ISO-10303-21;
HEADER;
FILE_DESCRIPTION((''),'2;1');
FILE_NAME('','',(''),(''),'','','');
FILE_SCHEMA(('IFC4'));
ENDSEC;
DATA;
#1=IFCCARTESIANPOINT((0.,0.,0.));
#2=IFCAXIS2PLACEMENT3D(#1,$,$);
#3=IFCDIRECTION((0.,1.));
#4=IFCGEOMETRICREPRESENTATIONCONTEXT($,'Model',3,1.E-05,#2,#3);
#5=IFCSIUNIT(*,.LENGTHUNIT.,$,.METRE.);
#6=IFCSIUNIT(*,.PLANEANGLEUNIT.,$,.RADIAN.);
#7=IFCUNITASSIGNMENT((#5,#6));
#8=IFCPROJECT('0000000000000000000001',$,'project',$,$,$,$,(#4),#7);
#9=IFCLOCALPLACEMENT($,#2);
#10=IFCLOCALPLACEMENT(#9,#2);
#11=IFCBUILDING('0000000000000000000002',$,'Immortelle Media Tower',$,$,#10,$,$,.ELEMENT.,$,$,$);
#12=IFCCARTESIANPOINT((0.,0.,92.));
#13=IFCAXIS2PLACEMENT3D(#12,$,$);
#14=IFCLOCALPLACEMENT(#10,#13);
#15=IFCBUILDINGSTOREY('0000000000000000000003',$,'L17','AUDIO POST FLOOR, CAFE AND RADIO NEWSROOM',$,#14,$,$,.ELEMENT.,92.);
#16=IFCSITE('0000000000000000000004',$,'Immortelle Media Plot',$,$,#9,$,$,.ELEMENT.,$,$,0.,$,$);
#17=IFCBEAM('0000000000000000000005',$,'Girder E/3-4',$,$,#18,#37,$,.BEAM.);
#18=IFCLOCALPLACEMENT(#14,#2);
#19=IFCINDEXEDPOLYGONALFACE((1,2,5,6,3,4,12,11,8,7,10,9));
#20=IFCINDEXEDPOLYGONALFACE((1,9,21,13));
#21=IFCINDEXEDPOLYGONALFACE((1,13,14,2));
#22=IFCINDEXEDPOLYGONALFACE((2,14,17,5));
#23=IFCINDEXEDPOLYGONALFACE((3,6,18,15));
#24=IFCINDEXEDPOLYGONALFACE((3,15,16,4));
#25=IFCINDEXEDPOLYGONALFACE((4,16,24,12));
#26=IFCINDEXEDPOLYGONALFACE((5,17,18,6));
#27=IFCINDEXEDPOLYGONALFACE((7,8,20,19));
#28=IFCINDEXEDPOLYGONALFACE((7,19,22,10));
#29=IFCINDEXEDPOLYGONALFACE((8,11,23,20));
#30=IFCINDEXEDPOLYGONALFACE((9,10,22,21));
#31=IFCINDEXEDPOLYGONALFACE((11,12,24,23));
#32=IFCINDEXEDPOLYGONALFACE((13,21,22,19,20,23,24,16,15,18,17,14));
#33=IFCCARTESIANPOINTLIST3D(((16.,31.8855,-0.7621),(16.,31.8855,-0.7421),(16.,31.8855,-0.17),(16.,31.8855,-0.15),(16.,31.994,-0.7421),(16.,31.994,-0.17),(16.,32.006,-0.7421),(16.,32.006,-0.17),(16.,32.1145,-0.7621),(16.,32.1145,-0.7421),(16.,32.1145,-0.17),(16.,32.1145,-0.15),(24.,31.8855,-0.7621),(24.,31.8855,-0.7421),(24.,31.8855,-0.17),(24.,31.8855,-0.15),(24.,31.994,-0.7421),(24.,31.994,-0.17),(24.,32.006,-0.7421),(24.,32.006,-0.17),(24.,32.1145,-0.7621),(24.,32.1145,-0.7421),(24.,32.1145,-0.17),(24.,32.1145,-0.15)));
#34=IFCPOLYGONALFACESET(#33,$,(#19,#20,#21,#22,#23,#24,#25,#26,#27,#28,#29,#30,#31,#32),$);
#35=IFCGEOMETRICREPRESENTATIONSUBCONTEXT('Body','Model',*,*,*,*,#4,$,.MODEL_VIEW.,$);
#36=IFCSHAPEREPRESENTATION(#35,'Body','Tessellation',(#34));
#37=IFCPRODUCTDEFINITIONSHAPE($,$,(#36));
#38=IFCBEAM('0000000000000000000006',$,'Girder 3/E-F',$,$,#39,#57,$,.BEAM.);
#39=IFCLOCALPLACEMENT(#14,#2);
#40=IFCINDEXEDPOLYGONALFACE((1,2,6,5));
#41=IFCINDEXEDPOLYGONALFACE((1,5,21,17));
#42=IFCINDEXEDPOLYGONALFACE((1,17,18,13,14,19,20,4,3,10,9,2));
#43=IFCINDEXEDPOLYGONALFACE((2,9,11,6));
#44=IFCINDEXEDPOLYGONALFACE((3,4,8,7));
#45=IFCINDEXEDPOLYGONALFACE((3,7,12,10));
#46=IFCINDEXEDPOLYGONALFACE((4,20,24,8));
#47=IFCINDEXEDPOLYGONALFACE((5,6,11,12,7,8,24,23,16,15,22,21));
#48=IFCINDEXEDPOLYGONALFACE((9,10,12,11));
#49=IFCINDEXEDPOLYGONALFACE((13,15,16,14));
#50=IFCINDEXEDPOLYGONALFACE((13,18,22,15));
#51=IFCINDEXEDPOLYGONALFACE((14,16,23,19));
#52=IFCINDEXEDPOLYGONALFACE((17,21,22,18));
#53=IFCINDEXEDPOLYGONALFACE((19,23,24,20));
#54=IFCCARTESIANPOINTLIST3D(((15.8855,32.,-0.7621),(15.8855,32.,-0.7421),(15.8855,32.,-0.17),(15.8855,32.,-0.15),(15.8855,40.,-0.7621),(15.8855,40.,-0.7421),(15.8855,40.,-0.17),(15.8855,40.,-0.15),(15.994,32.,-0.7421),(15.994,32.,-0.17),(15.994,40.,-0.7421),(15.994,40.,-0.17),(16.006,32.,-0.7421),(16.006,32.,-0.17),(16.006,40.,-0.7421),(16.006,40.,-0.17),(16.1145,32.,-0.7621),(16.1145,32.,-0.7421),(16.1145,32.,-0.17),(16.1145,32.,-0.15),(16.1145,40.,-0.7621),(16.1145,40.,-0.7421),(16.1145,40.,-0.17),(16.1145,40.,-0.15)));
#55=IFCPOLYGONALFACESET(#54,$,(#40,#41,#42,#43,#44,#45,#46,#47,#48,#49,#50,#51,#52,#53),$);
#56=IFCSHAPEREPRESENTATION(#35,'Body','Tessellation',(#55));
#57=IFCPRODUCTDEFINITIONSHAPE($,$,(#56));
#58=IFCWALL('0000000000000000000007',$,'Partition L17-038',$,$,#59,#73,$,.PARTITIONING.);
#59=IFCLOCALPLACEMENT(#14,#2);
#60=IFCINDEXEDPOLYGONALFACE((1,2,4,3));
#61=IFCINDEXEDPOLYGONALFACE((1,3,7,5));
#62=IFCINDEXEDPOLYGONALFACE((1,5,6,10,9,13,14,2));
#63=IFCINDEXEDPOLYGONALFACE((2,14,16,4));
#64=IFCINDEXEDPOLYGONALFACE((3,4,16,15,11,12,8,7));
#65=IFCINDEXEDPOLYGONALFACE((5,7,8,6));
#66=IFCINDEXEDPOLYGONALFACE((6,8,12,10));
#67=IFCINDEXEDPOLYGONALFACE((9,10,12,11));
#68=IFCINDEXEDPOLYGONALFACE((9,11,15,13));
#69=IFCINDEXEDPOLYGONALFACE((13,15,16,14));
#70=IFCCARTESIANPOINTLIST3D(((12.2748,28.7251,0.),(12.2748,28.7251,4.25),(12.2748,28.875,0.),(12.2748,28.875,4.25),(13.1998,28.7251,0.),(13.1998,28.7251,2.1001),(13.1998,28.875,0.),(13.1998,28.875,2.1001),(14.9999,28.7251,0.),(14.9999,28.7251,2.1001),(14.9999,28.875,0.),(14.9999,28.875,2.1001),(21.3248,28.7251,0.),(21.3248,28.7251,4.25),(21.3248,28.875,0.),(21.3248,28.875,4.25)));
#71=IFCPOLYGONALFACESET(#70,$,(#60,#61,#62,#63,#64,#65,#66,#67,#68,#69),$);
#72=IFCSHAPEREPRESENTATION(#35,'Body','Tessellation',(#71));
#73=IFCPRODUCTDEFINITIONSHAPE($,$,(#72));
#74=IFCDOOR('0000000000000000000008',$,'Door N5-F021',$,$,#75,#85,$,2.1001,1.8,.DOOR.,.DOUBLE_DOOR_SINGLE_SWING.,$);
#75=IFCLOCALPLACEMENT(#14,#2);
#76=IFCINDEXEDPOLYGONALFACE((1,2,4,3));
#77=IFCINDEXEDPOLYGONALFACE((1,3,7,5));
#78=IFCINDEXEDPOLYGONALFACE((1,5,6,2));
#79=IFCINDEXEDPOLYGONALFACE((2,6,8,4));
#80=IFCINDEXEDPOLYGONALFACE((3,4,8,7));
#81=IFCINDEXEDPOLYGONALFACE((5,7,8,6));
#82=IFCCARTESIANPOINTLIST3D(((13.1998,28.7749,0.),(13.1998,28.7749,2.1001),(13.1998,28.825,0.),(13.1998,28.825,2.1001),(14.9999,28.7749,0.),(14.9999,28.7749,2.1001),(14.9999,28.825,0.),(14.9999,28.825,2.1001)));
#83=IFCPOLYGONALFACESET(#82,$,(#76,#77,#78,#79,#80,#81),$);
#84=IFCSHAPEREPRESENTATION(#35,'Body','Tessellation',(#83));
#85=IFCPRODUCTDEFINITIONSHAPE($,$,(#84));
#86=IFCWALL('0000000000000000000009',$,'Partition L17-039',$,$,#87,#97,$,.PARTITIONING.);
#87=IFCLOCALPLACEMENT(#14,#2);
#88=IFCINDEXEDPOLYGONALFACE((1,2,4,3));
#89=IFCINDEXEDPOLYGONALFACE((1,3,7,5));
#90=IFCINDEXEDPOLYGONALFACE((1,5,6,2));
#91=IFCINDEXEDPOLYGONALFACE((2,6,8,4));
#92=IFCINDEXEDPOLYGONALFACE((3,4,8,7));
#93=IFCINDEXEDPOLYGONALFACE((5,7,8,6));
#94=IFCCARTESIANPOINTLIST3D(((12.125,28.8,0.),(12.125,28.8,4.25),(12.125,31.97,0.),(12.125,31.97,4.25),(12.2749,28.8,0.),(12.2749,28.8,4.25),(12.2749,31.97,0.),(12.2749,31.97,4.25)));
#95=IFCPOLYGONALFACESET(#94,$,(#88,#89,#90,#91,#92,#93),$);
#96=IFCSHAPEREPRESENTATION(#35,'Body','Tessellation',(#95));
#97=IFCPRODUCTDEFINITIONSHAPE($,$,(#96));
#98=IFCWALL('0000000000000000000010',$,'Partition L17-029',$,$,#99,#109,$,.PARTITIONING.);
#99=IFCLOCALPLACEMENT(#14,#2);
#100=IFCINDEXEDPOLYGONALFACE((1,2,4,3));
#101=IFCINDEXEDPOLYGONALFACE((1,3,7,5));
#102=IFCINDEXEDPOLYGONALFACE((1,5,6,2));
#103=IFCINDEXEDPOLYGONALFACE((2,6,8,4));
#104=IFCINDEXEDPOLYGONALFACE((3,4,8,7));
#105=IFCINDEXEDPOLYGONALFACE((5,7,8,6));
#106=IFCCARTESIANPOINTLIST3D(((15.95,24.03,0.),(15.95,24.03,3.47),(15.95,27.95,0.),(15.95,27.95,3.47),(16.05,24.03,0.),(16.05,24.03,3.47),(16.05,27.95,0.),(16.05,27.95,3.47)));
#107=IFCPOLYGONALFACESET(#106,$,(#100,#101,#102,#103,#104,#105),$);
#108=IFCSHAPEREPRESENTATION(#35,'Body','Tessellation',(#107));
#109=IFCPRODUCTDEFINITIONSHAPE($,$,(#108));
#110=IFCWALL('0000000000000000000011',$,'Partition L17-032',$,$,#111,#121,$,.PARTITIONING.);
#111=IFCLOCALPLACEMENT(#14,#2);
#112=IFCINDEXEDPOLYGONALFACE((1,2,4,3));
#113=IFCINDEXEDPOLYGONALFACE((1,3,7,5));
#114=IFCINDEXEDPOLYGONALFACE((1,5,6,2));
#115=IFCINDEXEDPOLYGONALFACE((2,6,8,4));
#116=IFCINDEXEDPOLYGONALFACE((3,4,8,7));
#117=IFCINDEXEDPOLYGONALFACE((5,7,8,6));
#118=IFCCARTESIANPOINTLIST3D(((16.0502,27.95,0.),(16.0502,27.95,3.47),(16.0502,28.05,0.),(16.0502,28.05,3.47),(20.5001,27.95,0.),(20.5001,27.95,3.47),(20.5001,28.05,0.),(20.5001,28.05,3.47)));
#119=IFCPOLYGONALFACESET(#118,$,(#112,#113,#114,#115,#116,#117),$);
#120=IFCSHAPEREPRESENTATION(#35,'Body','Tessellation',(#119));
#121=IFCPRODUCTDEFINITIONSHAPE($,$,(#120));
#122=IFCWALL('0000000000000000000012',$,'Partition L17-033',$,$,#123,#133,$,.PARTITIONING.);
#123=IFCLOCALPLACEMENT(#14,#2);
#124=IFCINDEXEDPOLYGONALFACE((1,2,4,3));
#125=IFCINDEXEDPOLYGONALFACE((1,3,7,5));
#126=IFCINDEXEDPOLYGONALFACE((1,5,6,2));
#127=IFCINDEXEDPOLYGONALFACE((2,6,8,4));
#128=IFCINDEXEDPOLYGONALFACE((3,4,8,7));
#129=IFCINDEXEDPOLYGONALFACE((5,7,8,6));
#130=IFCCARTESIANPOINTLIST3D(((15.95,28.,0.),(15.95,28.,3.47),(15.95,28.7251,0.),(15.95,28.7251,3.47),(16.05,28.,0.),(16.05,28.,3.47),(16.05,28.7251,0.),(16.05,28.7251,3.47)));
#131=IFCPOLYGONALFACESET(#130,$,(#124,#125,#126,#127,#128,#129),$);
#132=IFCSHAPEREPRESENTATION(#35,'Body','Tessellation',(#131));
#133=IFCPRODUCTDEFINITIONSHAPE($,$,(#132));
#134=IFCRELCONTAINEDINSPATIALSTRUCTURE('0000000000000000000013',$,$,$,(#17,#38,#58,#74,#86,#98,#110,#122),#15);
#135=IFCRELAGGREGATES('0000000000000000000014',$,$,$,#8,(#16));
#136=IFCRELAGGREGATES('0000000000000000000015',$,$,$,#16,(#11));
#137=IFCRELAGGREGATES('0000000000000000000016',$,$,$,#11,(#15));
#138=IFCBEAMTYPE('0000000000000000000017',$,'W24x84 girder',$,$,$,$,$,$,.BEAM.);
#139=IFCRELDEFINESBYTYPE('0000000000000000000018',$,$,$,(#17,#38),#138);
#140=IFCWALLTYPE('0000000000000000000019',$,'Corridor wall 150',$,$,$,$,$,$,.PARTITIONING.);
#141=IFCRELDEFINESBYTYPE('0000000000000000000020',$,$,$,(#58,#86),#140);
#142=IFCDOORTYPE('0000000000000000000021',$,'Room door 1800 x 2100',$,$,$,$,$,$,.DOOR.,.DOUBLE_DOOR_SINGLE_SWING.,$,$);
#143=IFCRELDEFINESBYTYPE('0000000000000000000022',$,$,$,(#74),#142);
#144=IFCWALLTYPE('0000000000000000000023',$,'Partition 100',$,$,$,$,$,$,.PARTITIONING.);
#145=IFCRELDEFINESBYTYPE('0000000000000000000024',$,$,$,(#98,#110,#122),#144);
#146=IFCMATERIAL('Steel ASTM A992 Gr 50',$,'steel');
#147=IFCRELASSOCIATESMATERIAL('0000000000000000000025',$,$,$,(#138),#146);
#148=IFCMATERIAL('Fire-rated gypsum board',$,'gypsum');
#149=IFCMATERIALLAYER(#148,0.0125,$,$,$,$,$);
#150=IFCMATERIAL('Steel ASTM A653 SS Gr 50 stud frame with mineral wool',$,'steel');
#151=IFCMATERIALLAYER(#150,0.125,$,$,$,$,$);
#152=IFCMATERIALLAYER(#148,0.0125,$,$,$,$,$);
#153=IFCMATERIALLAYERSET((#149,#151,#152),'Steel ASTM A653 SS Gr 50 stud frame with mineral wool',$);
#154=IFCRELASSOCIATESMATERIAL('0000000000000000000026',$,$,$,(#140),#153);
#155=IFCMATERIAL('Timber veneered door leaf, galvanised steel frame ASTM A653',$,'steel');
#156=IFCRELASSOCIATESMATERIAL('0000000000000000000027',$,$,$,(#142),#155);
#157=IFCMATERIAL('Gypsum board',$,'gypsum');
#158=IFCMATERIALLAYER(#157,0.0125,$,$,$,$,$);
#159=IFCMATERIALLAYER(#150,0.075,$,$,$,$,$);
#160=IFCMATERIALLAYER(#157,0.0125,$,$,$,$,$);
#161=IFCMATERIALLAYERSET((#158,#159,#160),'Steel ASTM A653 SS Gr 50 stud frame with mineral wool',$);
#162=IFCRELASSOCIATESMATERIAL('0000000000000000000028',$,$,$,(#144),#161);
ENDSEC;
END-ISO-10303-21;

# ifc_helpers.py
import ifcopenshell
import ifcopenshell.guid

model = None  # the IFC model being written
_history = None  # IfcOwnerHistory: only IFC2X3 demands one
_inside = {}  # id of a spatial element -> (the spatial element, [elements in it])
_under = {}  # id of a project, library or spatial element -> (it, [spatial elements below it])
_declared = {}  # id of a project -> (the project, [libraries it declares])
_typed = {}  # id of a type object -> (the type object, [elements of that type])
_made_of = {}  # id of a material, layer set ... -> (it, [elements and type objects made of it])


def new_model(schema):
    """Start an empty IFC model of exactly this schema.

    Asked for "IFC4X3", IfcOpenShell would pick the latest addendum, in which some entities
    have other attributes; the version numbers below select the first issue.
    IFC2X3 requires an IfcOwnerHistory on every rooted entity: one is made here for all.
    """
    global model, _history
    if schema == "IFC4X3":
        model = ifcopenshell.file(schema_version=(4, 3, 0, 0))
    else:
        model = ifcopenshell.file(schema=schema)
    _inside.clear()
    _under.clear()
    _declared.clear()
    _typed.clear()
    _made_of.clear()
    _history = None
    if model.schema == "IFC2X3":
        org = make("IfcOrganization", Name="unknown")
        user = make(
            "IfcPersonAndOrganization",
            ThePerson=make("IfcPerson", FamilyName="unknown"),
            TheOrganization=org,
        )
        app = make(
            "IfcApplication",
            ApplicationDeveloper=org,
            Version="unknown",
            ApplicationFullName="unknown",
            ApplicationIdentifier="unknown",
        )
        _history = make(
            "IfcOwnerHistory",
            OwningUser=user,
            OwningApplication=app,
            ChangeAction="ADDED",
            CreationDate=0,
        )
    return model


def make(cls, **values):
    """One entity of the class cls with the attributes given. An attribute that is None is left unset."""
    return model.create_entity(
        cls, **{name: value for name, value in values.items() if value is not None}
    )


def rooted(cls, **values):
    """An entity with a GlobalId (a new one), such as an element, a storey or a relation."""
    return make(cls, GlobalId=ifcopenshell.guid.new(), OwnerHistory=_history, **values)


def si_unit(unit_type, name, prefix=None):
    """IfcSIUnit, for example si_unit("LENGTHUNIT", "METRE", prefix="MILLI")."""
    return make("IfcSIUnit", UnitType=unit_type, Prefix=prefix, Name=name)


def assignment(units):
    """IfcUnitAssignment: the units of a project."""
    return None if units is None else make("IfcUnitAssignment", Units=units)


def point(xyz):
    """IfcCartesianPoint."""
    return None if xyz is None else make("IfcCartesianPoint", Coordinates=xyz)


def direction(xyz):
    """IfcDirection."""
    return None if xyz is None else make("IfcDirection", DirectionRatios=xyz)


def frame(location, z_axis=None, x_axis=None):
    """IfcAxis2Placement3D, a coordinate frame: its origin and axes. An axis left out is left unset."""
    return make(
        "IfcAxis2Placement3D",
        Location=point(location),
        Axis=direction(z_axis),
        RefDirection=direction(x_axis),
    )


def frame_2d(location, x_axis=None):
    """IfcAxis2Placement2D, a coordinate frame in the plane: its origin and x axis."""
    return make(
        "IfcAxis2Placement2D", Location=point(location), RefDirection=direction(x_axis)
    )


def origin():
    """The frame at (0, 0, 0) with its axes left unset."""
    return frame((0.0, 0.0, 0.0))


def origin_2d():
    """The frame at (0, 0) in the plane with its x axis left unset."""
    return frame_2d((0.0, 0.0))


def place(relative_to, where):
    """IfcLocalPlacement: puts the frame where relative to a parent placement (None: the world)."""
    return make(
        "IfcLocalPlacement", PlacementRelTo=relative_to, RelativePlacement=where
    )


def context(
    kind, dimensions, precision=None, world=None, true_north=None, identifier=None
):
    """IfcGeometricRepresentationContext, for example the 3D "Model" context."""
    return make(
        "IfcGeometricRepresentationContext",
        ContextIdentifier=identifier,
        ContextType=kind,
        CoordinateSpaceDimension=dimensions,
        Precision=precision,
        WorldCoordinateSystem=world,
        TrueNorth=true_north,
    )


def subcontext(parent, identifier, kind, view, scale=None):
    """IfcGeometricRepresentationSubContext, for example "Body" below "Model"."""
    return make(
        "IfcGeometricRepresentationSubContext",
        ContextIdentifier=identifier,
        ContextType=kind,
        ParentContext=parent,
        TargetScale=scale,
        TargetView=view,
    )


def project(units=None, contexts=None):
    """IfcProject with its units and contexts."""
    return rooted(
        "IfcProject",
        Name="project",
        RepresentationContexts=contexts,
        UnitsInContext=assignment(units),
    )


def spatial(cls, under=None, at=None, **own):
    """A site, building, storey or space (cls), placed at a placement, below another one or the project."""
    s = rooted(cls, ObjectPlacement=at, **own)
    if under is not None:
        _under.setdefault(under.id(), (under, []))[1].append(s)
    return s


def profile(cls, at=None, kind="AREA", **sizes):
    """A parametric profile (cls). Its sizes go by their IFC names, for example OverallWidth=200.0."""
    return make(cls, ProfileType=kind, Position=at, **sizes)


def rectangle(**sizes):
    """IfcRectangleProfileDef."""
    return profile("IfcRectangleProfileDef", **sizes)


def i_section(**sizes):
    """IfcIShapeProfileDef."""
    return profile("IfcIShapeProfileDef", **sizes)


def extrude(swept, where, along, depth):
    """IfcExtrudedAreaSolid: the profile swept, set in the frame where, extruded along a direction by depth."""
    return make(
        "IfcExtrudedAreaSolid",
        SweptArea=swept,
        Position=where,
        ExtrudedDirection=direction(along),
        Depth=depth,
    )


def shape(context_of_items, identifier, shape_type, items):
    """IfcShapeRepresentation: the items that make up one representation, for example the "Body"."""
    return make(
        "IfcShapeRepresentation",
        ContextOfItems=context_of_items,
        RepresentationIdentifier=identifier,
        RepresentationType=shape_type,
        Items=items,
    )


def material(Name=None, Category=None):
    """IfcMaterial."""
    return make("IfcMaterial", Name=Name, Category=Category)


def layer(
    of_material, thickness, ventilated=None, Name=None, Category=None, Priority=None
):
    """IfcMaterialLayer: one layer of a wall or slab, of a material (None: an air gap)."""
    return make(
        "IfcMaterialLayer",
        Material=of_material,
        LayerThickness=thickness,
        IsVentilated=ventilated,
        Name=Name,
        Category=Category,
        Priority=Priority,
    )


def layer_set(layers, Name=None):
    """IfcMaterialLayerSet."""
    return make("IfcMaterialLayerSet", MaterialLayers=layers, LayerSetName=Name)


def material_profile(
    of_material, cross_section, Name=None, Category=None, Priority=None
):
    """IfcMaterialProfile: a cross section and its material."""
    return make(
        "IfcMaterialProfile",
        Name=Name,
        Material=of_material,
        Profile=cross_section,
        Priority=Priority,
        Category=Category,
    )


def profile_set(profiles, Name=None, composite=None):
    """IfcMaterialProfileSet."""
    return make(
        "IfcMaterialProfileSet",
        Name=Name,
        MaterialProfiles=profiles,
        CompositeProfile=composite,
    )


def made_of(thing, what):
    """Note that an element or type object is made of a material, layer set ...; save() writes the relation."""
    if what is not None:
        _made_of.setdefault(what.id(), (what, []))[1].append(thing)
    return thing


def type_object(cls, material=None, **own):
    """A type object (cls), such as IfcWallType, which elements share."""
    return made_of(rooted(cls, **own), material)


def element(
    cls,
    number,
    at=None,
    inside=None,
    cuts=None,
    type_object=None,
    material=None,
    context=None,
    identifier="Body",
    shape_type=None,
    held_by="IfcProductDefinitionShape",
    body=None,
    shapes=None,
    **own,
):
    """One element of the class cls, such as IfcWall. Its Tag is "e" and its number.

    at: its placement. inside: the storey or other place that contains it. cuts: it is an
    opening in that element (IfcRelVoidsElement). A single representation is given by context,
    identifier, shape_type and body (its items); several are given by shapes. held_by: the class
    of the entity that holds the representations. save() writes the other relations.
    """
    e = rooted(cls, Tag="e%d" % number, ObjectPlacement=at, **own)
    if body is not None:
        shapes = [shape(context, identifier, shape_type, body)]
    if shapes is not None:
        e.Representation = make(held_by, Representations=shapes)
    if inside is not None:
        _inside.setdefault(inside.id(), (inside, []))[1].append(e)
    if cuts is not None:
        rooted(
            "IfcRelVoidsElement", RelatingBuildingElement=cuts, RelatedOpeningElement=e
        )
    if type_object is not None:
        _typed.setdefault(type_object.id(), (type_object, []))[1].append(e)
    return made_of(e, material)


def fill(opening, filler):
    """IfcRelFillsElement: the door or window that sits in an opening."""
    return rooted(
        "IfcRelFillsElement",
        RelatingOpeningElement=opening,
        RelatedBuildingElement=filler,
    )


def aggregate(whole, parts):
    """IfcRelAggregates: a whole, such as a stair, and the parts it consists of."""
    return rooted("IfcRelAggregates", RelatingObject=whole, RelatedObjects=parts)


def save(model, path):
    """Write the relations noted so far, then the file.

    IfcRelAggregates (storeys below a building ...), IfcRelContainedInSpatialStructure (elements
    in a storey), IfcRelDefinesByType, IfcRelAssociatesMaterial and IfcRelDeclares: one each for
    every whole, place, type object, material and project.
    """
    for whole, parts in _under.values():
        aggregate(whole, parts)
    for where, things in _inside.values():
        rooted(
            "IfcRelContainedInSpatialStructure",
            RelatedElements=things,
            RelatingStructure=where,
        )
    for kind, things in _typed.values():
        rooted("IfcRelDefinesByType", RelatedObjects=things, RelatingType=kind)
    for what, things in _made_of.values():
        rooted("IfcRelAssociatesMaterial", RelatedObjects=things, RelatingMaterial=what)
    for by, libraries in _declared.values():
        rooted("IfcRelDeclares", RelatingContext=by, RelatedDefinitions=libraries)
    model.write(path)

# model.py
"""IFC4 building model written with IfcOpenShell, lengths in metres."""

from ifc_helpers import new_model, si_unit, direction, frame, frame_2d, origin, origin_2d, place, context, subcontext, project, spatial, rectangle, i_section, extrude, material, layer, layer_set, material_profile, profile_set, type_object, element, fill, save


model = new_model("IFC4")

# Units and contexts
model_context = context("Model", 3, precision=1e-05, world=origin(), true_north=direction((0.0, 1.0)))
body_context = subcontext(model_context, "Body", "Model", "MODEL_VIEW")
ifc_project = project(units=[si_unit("LENGTHUNIT", "METRE"), si_unit("PLANEANGLEUNIT", "RADIAN")], contexts=[model_context])

# Site, building, storey
site_placement = place(None, origin())
site = spatial("IfcSite", under=ifc_project, at=site_placement, Name="Immortelle Media Plot", CompositionType="ELEMENT", RefElevation=0.0)
building_placement = place(site_placement, origin())
building = spatial("IfcBuilding", under=site, at=building_placement, Name="Immortelle Media Tower", CompositionType="ELEMENT")
storey_placement = place(building_placement, frame((0.0, 0.0, 92.0)))
storey = spatial("IfcBuildingStorey", under=building, at=storey_placement, Name="L17", Description="AUDIO POST FLOOR, CAFE AND RADIO NEWSROOM", CompositionType="ELEMENT", Elevation=92.0)

# Shared definitions
ifc_material_1 = material(Name="Steel ASTM A992 Gr 50", Category="steel")

# Beams
ifc_material_profile_1 = material_profile(ifc_material_1, i_section(OverallWidth=0.229, OverallDepth=0.6121, WebThickness=0.012, FlangeThickness=0.02, at=origin_2d()), Name="W24x84")
ifc_profile_set_1 = profile_set([ifc_material_profile_1], Name="Steel ASTM A992 Gr 50")
beam_type_1 = type_object("IfcBeamType", Name="W24x84 girder", PredefinedType="BEAM", material=ifc_profile_set_1)
for number, where, z_axis, x_axis, name in (
    (1, (16.0, 32.0, -0.4561), (1.0, 0.0, 0.0), (0.0, 1.0, 0.0), "Girder E/3-4"),
    (2, (16.0, 32.0, -0.4561), (0.0, 1.0, 0.0), (-1.0, 0.0, 0.0), "Girder 3/E-F"),
):
    element("IfcBeam", number, at=place(storey_placement, frame(where, z_axis=z_axis, x_axis=x_axis)), inside=storey, type_object=beam_type_1, Name=name, PredefinedType="BEAM", context=body_context, shape_type="SweptSolid", body=[
        extrude(i_section(OverallWidth=0.229, OverallDepth=0.6121, WebThickness=0.012, FlangeThickness=0.02, at=origin_2d()), origin(), (0.0, 0.0, 1.0), 8.0),
    ])

# Wall, opening, door
ifc_material_2 = material(Name="Fire-rated gypsum board", Category="gypsum")
ifc_layer_1 = layer(ifc_material_2, 0.0125)
ifc_material_3 = material(Name="Steel ASTM A653 SS Gr 50 stud frame with mineral wool", Category="steel")
ifc_layer_2 = layer(ifc_material_3, 0.125)
ifc_layer_3 = layer(ifc_material_2, 0.0125)
ifc_layer_set_1 = layer_set([ifc_layer_1, ifc_layer_2, ifc_layer_3], Name="Steel ASTM A653 SS Gr 50 stud frame with mineral wool")
wall_type_1 = type_object("IfcWallType", Name="Corridor wall 150", PredefinedType="PARTITIONING", material=ifc_layer_set_1)
wall_1_placement = place(storey_placement, frame((12.2749, 28.8, 0.0), z_axis=(0.0, 0.0, 1.0), x_axis=(1.0, 0.0, 0.0)))
wall_1 = element("IfcWall", 3, at=wall_1_placement, inside=storey, type_object=wall_type_1, Name="Partition L17-038", PredefinedType="PARTITIONING", context=body_context, shape_type="SweptSolid", body=[
    extrude(rectangle(XDim=9.05, YDim=0.1499, at=frame_2d((4.5249, 0.0))), origin(), (0.0, 0.0, 1.0), 4.25),
])
opening_placement = place(wall_1_placement, frame((0.925, 0.0, 0.0)))
opening = element("IfcOpeningElement", 4, at=opening_placement, cuts=wall_1, PredefinedType="OPENING", context=body_context, shape_type="SweptSolid", body=[
    extrude(rectangle(XDim=1.8, YDim=2.1001, at=frame_2d((0.8999, 1.05))), frame((0.0, 0.085, 0.0), z_axis=(0.0, -1.0, 0.0), x_axis=(1.0, 0.0, 0.0)), (0.0, 0.0, 1.0), 0.1699),
])
ifc_material_4 = material(Name="Timber veneered door leaf, galvanised steel frame ASTM A653", Category="steel")
door_type = type_object("IfcDoorType", Name="Room door 1800 x 2100", OperationType="DOUBLE_DOOR_SINGLE_SWING", PredefinedType="DOOR", material=ifc_material_4)
door_placement = place(opening_placement, origin())
door = element("IfcDoor", 5, at=door_placement, inside=storey, type_object=door_type, Name="Door N5-F021", OperationType="DOUBLE_DOOR_SINGLE_SWING", OverallHeight=2.1001, OverallWidth=1.8, PredefinedType="DOOR", context=body_context, shape_type="SweptSolid", body=[
    extrude(rectangle(XDim=1.8, YDim=2.1001, at=frame_2d((0.8999, 1.05))), frame((0.0, 0.0249, 0.0), z_axis=(0.0, -1.0, 0.0), x_axis=(1.0, 0.0, 0.0)), (0.0, 0.0, 1.0), 0.05),
])
fill(opening, door)

# Walls
wall_2_placement = place(storey_placement, frame((12.2, 28.8, 0.0), z_axis=(0.0, 0.0, 1.0), x_axis=(0.0, 1.0, 0.0)))
element("IfcWall", 6, at=wall_2_placement, inside=storey, type_object=wall_type_1, Name="Partition L17-039", PredefinedType="PARTITIONING", context=body_context, shape_type="SweptSolid", body=[
    extrude(rectangle(XDim=3.1699, YDim=0.1499, at=frame_2d((1.585, 0.0))), origin(), (0.0, 0.0, 1.0), 4.25),
])
ifc_material_5 = material(Name="Gypsum board", Category="gypsum")
ifc_layer_4 = layer(ifc_material_5, 0.0125)
ifc_layer_5 = layer(ifc_material_3, 0.075)
ifc_layer_6 = layer(ifc_material_5, 0.0125)
ifc_layer_set_2 = layer_set([ifc_layer_4, ifc_layer_5, ifc_layer_6], Name="Steel ASTM A653 SS Gr 50 stud frame with mineral wool")
wall_type_2 = type_object("IfcWallType", Name="Partition 100", PredefinedType="PARTITIONING", material=ifc_layer_set_2)
wall_3_placement = place(storey_placement, frame((16.0, 24.03, 0.0), z_axis=(0.0, 0.0, 1.0), x_axis=(0.0, 1.0, 0.0)))
element("IfcWall", 7, at=wall_3_placement, inside=storey, type_object=wall_type_2, Name="Partition L17-029", PredefinedType="PARTITIONING", context=body_context, shape_type="SweptSolid", body=[
    extrude(rectangle(XDim=3.9199, YDim=0.1001, at=frame_2d((1.96, 0.0))), origin(), (0.0, 0.0, 1.0), 3.47),
])
wall_4_placement = place(storey_placement, frame((16.05, 28.0, 0.0), z_axis=(0.0, 0.0, 1.0), x_axis=(1.0, 0.0, 0.0)))
element("IfcWall", 8, at=wall_4_placement, inside=storey, type_object=wall_type_2, Name="Partition L17-032", PredefinedType="PARTITIONING", context=body_context, shape_type="SweptSolid", body=[
    extrude(rectangle(XDim=4.45, YDim=0.1001, at=frame_2d((2.2251, 0.0))), origin(), (0.0, 0.0, 1.0), 3.47),
])
wall_5_placement = place(storey_placement, frame((16.0, 28.0, 0.0), z_axis=(0.0, 0.0, 1.0), x_axis=(0.0, 1.0, 0.0)))
element("IfcWall", 9, at=wall_5_placement, inside=storey, type_object=wall_type_2, Name="Partition L17-033", PredefinedType="PARTITIONING", context=body_context, shape_type="SweptSolid", body=[
    extrude(rectangle(XDim=0.7251, YDim=0.1001, at=frame_2d((0.3625, 0.0))), origin(), (0.0, 0.0, 1.0), 3.47),
])

save(model, "model.ifc")
